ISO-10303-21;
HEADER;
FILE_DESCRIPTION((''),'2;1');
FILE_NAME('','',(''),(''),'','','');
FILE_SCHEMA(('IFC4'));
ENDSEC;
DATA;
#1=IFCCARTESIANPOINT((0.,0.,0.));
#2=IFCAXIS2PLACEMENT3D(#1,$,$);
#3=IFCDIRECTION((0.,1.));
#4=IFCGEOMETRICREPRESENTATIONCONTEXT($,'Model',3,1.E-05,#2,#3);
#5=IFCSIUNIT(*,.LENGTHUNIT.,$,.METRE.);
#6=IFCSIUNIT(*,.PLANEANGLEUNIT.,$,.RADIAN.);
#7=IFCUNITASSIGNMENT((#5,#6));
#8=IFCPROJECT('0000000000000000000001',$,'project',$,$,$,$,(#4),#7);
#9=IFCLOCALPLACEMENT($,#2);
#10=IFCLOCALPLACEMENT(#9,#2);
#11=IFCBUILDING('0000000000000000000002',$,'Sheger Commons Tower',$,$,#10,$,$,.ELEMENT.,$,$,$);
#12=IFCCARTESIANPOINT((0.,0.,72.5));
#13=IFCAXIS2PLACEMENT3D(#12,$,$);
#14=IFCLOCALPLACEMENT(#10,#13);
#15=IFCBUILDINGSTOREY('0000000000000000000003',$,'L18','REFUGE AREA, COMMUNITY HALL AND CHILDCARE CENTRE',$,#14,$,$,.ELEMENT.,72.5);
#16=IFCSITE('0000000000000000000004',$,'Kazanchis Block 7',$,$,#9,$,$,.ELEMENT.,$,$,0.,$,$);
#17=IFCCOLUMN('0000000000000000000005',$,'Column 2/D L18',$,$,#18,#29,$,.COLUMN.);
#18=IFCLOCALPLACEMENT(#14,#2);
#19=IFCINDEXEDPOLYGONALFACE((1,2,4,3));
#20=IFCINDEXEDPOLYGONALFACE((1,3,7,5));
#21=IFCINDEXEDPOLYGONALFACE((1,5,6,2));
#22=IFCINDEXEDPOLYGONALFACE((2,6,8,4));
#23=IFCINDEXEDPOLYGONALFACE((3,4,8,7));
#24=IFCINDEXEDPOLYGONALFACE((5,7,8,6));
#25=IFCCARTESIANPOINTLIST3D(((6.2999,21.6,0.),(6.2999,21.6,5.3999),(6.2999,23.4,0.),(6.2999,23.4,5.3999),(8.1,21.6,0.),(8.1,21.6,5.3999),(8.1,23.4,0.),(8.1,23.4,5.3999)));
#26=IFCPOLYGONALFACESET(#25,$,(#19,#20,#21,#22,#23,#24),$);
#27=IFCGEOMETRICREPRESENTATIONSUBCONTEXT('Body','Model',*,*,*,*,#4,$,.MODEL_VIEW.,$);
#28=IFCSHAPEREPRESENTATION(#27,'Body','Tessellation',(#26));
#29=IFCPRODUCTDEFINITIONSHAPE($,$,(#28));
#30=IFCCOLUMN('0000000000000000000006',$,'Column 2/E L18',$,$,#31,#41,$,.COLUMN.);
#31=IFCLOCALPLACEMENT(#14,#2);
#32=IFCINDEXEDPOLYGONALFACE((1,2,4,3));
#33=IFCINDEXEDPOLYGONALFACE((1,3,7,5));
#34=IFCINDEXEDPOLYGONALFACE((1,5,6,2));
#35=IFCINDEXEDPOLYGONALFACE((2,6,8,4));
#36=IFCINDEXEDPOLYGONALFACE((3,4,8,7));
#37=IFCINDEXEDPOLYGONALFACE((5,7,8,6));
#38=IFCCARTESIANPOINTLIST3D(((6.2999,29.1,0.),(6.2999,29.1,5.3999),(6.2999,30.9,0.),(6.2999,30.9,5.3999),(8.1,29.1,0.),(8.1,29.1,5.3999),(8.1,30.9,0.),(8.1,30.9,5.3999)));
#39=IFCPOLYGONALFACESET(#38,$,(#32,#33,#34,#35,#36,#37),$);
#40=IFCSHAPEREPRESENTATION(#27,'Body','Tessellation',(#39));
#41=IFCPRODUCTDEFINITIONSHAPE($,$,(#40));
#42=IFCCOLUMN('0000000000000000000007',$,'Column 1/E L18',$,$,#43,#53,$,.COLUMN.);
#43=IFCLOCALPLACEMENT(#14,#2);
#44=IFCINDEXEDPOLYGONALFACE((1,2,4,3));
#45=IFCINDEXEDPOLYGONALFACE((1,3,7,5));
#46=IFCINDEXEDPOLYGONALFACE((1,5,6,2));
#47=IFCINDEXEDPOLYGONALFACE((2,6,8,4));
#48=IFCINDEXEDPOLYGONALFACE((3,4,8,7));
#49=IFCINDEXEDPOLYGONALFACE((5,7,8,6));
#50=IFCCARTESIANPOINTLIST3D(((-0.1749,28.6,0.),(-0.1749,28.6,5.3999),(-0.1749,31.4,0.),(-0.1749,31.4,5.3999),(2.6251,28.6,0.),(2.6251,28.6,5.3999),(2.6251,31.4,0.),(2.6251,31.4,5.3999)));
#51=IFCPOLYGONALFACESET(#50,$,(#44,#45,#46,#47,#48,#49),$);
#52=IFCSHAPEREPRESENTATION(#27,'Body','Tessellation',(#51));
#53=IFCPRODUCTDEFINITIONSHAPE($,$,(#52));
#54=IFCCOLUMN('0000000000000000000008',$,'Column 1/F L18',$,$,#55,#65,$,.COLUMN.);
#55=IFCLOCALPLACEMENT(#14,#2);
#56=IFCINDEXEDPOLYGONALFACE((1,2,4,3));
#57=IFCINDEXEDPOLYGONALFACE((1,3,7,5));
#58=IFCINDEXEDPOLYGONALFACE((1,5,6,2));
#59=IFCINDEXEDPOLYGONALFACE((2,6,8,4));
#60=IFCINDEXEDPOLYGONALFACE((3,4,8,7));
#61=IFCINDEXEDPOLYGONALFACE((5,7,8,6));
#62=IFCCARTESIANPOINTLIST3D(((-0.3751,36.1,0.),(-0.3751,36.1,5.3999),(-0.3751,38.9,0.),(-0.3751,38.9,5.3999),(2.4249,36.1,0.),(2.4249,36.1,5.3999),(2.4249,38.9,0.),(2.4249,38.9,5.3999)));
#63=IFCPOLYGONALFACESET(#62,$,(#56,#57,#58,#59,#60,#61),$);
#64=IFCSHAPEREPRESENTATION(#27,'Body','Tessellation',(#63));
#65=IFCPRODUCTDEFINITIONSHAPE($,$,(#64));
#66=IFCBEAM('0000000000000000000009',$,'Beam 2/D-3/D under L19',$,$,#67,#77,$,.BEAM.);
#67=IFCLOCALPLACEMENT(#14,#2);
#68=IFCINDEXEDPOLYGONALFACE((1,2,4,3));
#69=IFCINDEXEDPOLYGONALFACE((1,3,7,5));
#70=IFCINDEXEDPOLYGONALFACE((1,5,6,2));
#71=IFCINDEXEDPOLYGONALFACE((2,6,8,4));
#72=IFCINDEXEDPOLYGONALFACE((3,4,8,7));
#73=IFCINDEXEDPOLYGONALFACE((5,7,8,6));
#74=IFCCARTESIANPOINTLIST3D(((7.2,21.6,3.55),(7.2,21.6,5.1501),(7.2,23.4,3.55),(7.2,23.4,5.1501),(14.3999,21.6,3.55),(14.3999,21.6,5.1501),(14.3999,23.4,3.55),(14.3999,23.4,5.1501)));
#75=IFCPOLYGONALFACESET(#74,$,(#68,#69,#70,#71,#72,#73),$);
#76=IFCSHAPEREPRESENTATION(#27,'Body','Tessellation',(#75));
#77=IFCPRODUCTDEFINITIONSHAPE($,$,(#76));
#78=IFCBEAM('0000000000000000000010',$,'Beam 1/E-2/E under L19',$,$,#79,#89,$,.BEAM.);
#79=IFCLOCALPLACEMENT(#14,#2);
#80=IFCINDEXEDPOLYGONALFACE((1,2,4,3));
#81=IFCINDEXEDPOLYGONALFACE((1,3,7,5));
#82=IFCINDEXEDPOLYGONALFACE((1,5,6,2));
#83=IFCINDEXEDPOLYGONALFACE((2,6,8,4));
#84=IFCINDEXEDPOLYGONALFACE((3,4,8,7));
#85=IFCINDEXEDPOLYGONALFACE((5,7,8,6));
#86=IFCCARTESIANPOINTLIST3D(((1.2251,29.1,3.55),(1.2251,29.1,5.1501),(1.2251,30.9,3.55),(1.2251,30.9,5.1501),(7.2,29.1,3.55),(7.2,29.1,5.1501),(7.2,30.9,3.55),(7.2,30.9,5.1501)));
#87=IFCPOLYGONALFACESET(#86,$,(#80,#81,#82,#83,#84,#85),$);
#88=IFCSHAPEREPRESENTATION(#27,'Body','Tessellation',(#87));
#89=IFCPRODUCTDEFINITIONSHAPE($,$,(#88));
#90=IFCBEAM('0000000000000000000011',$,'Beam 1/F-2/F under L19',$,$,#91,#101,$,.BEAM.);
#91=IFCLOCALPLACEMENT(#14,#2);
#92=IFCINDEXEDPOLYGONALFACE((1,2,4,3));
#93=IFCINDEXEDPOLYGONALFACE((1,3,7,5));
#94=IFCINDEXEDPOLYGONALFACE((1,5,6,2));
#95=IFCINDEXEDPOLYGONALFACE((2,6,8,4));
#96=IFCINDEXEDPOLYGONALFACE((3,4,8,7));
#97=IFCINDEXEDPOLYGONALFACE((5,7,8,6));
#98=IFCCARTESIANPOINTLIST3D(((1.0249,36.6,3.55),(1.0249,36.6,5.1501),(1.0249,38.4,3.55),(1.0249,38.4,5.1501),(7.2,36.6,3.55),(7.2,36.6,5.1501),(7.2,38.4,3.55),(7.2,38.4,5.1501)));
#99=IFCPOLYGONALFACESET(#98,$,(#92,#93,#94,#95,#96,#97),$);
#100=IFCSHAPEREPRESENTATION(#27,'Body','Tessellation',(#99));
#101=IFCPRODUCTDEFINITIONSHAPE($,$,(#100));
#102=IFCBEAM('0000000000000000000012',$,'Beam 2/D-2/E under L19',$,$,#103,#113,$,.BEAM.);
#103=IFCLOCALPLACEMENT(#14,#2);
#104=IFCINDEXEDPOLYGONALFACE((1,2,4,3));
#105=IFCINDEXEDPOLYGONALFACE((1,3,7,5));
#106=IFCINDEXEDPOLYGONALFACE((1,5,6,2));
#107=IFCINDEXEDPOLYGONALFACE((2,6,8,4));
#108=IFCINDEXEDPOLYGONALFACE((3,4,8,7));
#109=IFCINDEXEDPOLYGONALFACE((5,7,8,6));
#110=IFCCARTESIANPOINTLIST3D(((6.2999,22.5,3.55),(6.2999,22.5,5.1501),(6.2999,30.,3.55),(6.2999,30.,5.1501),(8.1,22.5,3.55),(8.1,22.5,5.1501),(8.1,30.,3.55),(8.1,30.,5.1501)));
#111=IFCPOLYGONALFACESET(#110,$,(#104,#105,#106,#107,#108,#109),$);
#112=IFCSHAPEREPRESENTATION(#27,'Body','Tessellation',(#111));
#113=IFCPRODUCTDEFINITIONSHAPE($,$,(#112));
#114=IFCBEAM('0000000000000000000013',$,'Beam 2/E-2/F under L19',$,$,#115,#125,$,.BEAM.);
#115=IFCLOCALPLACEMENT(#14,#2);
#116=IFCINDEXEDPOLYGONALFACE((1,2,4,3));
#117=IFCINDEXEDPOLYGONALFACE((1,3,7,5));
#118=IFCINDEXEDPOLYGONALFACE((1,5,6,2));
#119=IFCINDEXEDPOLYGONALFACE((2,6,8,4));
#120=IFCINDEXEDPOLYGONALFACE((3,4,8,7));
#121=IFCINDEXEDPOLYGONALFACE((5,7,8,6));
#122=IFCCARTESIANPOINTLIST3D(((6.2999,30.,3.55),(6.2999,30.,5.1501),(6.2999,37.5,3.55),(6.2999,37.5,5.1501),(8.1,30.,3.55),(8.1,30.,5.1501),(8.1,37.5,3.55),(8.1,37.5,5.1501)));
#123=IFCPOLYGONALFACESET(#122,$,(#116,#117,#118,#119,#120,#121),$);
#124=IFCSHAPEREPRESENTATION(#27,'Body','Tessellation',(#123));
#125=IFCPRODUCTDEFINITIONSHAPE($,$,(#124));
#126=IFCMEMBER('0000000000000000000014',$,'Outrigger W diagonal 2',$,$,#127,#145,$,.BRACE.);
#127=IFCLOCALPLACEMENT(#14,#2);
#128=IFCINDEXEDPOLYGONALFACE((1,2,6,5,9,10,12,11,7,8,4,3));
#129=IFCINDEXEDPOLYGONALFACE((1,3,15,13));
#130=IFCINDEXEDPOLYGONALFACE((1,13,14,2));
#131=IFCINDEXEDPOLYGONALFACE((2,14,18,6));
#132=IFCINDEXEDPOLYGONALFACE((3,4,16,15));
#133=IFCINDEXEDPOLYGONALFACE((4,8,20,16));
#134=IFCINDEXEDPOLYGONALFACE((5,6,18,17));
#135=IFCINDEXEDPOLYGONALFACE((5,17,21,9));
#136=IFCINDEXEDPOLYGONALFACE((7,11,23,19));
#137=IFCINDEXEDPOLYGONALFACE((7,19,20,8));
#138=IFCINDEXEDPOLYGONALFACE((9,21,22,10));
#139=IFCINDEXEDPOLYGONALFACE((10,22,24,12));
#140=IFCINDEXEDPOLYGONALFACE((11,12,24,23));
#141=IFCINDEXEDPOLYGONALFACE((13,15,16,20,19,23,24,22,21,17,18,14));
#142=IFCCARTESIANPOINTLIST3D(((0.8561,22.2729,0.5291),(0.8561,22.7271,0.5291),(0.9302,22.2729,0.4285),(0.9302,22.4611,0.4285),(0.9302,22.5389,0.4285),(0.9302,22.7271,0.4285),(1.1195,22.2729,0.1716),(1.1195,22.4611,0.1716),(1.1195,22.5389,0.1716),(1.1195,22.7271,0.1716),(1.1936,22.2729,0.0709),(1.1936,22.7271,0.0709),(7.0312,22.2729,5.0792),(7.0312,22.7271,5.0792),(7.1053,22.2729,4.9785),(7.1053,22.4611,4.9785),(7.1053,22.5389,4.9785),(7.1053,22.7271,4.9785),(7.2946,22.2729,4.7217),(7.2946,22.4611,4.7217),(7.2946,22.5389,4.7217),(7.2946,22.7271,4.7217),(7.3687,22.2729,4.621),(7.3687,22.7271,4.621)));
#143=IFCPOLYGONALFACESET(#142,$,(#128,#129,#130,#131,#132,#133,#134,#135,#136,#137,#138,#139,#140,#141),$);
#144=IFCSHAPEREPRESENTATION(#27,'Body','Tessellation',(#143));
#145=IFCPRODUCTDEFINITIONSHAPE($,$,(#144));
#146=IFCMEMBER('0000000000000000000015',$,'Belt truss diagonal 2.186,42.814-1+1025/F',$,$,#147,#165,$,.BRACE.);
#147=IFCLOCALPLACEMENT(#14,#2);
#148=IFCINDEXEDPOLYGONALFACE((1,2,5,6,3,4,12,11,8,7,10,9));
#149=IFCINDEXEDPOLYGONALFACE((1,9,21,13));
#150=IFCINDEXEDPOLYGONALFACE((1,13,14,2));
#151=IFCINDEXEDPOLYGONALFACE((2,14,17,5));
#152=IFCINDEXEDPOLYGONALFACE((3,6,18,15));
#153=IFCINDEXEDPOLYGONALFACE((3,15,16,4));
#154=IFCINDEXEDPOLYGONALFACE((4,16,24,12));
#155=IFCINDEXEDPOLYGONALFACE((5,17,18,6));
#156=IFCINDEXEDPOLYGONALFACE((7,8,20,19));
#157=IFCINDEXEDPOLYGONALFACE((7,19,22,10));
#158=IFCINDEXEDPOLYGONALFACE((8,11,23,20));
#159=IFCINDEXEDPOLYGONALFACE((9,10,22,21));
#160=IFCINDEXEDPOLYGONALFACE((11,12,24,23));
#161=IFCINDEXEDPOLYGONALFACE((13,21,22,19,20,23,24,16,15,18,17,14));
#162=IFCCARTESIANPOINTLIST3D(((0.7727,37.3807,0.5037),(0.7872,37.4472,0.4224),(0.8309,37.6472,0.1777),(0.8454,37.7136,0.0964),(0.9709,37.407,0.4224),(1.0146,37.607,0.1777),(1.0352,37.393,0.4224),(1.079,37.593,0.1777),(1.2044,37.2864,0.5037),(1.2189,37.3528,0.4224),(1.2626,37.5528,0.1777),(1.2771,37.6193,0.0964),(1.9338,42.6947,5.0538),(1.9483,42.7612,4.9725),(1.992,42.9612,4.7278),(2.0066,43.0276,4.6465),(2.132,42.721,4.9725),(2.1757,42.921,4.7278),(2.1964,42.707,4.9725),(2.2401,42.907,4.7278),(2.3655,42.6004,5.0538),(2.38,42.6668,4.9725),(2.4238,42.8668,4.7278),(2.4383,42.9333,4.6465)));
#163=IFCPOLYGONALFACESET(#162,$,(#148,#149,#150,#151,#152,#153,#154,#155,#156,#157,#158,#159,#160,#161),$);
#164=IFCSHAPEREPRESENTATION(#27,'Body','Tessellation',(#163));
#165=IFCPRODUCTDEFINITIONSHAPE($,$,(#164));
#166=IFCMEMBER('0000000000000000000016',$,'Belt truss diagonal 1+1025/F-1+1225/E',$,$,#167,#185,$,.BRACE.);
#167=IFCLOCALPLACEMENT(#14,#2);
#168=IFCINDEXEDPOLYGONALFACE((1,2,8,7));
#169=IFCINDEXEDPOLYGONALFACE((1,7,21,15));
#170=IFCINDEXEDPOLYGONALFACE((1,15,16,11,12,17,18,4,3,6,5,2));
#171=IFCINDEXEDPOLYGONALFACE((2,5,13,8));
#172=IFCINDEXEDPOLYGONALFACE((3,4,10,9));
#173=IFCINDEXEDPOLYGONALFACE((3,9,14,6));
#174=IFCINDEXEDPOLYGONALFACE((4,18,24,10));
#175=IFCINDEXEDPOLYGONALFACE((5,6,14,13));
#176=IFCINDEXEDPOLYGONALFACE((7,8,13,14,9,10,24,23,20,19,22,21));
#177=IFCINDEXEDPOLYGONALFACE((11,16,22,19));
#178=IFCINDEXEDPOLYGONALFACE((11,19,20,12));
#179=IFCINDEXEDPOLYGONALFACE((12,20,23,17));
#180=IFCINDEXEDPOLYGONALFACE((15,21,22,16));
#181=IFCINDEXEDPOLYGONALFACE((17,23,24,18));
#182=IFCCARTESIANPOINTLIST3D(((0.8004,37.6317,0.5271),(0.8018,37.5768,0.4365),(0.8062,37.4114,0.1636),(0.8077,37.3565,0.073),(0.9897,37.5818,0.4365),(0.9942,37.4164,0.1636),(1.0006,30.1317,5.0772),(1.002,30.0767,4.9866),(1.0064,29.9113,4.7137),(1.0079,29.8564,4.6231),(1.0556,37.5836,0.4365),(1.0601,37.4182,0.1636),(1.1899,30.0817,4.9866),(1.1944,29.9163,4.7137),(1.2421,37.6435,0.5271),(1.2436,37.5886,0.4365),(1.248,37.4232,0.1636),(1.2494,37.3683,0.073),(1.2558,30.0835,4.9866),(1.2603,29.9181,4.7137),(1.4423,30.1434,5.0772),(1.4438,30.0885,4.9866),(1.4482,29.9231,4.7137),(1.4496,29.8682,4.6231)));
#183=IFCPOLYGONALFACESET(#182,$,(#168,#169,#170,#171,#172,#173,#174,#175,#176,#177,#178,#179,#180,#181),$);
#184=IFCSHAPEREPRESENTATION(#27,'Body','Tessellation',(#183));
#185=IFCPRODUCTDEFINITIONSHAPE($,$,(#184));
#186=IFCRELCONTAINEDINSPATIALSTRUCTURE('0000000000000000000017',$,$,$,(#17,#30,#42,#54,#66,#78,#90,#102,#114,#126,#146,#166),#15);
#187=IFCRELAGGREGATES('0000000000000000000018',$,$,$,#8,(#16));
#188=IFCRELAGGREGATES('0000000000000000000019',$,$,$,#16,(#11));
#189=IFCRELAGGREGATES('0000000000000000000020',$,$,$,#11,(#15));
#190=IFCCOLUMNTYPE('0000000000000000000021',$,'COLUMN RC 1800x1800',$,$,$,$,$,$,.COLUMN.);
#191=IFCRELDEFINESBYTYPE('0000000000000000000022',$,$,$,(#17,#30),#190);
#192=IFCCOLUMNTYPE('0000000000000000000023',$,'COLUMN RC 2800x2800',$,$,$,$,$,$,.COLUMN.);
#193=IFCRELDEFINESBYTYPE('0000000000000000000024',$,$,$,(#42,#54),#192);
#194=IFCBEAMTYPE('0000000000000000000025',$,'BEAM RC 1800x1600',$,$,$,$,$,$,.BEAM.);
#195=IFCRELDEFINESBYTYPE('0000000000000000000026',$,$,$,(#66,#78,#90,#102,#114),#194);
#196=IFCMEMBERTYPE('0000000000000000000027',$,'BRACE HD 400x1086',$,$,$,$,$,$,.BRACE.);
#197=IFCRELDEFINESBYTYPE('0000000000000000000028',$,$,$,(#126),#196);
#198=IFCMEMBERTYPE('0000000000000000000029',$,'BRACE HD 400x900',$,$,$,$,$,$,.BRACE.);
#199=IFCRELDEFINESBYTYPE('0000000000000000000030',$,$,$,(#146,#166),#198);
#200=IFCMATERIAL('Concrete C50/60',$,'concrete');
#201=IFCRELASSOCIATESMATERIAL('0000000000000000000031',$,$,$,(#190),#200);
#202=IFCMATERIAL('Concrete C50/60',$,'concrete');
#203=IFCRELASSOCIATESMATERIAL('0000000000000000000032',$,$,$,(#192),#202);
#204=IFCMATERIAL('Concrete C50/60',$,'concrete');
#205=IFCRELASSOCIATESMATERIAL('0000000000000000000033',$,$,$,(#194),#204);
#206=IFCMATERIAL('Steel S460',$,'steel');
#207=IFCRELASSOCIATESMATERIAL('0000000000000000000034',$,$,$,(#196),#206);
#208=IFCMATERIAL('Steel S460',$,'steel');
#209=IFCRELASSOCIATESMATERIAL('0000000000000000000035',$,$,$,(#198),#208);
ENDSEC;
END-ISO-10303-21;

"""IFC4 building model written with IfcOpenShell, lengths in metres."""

from ifc_helpers import new_model, si_unit, direction, frame, origin, origin_2d, place, context, subcontext, project, spatial, rectangle, i_section, extrude, material, material_profile, profile_set, type_object, element, save


model = new_model("IFC4")

# Units and contexts
model_context = context("Model", 3, precision=1e-05, world=origin(), true_north=direction((0.0, 1.0)))
body_context = subcontext(model_context, "Body", "Model", "MODEL_VIEW")
ifc_project = project(units=[si_unit("LENGTHUNIT", "METRE"), si_unit("PLANEANGLEUNIT", "RADIAN")], contexts=[model_context])

# Site, building, storey
site_placement = place(None, origin())
site = spatial("IfcSite", under=ifc_project, at=site_placement, Name="Kazanchis Block 7", CompositionType="ELEMENT", RefElevation=0.0)
building_placement = place(site_placement, origin())
building = spatial("IfcBuilding", under=site, at=building_placement, Name="Sheger Commons Tower", CompositionType="ELEMENT")
storey_placement = place(building_placement, frame((0.0, 0.0, 72.5)))
storey = spatial("IfcBuildingStorey", under=building, at=storey_placement, Name="L18", Description="REFUGE AREA, COMMUNITY HALL AND CHILDCARE CENTRE", CompositionType="ELEMENT", Elevation=72.5)

# Columns
ifc_material_1 = material(Name="Concrete C50/60", Category="concrete")
ifc_material_profile_1 = material_profile(ifc_material_1, rectangle(XDim=1.8, YDim=1.8, at=origin_2d()), Name="RC 1800x1800")
ifc_profile_set_1 = profile_set([ifc_material_profile_1], Name="Concrete C50/60")
column_type_1 = type_object("IfcColumnType", Name="COLUMN RC 1800x1800", PredefinedType="COLUMN", material=ifc_profile_set_1)
for number, where, z_axis, x_axis, name in (
    (1, (7.2, 22.5, 0.0), (0.0, 0.0, 1.0), (1.0, 0.0, 0.0), "Column 2/D L18"),
    (2, (7.2, 30.0, 0.0), (0.0, 0.0, 1.0), (1.0, 0.0, 0.0), "Column 2/E L18"),
):
    element("IfcColumn", number, at=place(storey_placement, frame(where, z_axis=z_axis, x_axis=x_axis)), inside=storey, type_object=column_type_1, Name=name, PredefinedType="COLUMN", context=body_context, shape_type="SweptSolid", body=[
        extrude(rectangle(XDim=1.8, YDim=1.8, at=origin_2d()), origin(), (0.0, 0.0, 1.0), 5.3999),
    ])
ifc_material_2 = material(Name="Concrete C50/60", Category="concrete")
ifc_material_profile_2 = material_profile(ifc_material_2, rectangle(XDim=2.8, YDim=2.8, at=origin_2d()), Name="RC 2800x2800")
ifc_profile_set_2 = profile_set([ifc_material_profile_2], Name="Concrete C50/60")
column_type_2 = type_object("IfcColumnType", Name="COLUMN RC 2800x2800", PredefinedType="COLUMN", material=ifc_profile_set_2)
for number, where, z_axis, x_axis, name in (
    (3, (1.2251, 30.0, 0.0), (0.0, 0.0, 1.0), (1.0, 0.0, 0.0), "Column 1/E L18"),
    (4, (1.0249, 37.5, 0.0), (0.0, 0.0, 1.0), (1.0, 0.0, 0.0), "Column 1/F L18"),
):
    element("IfcColumn", number, at=place(storey_placement, frame(where, z_axis=z_axis, x_axis=x_axis)), inside=storey, type_object=column_type_2, Name=name, PredefinedType="COLUMN", context=body_context, shape_type="SweptSolid", body=[
        extrude(rectangle(XDim=2.8, YDim=2.8, at=origin_2d()), origin(), (0.0, 0.0, 1.0), 5.3999),
    ])

# Beams
ifc_material_3 = material(Name="Concrete C50/60", Category="concrete")
ifc_material_profile_3 = material_profile(ifc_material_3, rectangle(XDim=1.8, YDim=1.6001, at=origin_2d()), Name="RC 1800x1600")
ifc_profile_set_3 = profile_set([ifc_material_profile_3], Name="Concrete C50/60")
beam_type_1 = type_object("IfcBeamType", Name="BEAM RC 1800x1600", PredefinedType="BEAM", material=ifc_profile_set_3)
beam_1_placement = place(storey_placement, frame((7.2, 22.5, 4.3501), z_axis=(1.0, 0.0, 0.0), x_axis=(0.0, 1.0, 0.0)))
element("IfcBeam", 5, at=beam_1_placement, inside=storey, type_object=beam_type_1, Name="Beam 2/D-3/D under L19", PredefinedType="BEAM", context=body_context, shape_type="SweptSolid", body=[
    extrude(rectangle(XDim=1.8, YDim=1.6001, at=origin_2d()), origin(), (0.0, 0.0, 1.0), 7.2),
])
beam_2_placement = place(storey_placement, frame((1.2251, 30.0, 4.3501), z_axis=(1.0, 0.0, 0.0), x_axis=(0.0, 1.0, 0.0)))
element("IfcBeam", 6, at=beam_2_placement, inside=storey, type_object=beam_type_1, Name="Beam 1/E-2/E under L19", PredefinedType="BEAM", context=body_context, shape_type="SweptSolid", body=[
    extrude(rectangle(XDim=1.8, YDim=1.6001, at=origin_2d()), origin(), (0.0, 0.0, 1.0), 5.9749),
])
beam_3_placement = place(storey_placement, frame((1.0249, 37.5, 4.3501), z_axis=(1.0, 0.0, 0.0), x_axis=(0.0, 1.0, 0.0)))
element("IfcBeam", 7, at=beam_3_placement, inside=storey, type_object=beam_type_1, Name="Beam 1/F-2/F under L19", PredefinedType="BEAM", context=body_context, shape_type="SweptSolid", body=[
    extrude(rectangle(XDim=1.8, YDim=1.6001, at=origin_2d()), origin(), (0.0, 0.0, 1.0), 6.175),
])
for number, where, z_axis, x_axis, name in (
    (8, (7.2, 22.5, 4.3501), (0.0, 1.0, 0.0), (-1.0, 0.0, 0.0), "Beam 2/D-2/E under L19"),
    (9, (7.2, 30.0, 4.3501), (0.0, 1.0, 0.0), (-1.0, 0.0, 0.0), "Beam 2/E-2/F under L19"),
):
    element("IfcBeam", number, at=place(storey_placement, frame(where, z_axis=z_axis, x_axis=x_axis)), inside=storey, type_object=beam_type_1, Name=name, PredefinedType="BEAM", context=body_context, shape_type="SweptSolid", body=[
        extrude(rectangle(XDim=1.8, YDim=1.6001, at=origin_2d()), origin(), (0.0, 0.0, 1.0), 7.5),
    ])

# Members
ifc_material_4 = material(Name="Steel S460", Category="steel")
ifc_material_profile_4 = material_profile(ifc_material_4, i_section(OverallWidth=0.4541, OverallDepth=0.5691, WebThickness=0.0779, FlangeThickness=0.125, at=origin_2d()), Name="HD 400x1086")
ifc_profile_set_4 = profile_set([ifc_material_profile_4], Name="Steel S460")
member_type_1 = type_object("IfcMemberType", Name="BRACE HD 400x1086", PredefinedType="BRACE", material=ifc_profile_set_4)
member_1_placement = place(storey_placement, frame((7.2, 22.5, 4.8501), z_axis=(-0.805055, 0.0, -0.5932), x_axis=(0.0, -1.0, 0.0)))
element("IfcMember", 10, at=member_1_placement, inside=storey, type_object=member_type_1, Name="Outrigger W diagonal 2", PredefinedType="BRACE", context=body_context, shape_type="SweptSolid", body=[
    extrude(i_section(OverallWidth=0.4541, OverallDepth=0.5691, WebThickness=0.0779, FlangeThickness=0.125, at=origin_2d()), origin(), (0.0, 0.0, 1.0), 7.6704),
])
ifc_material_5 = material(Name="Steel S460", Category="steel")
ifc_material_profile_5 = material_profile(ifc_material_5, i_section(OverallWidth=0.4419, OverallDepth=0.531, WebThickness=0.0659, FlangeThickness=0.106, at=origin_2d()), Name="HD 400x900")
ifc_profile_set_5 = profile_set([ifc_material_profile_5], Name="Steel S460")
member_type_2 = type_object("IfcMemberType", Name="BRACE HD 400x900", PredefinedType="BRACE", material=ifc_profile_set_5)
member_2_placement = place(storey_placement, frame((1.0249, 37.5, 0.3), z_axis=(0.163736, 0.749343, 0.64162), x_axis=(-0.97695, 0.213469, 0.0)))
element("IfcMember", 11, at=member_2_placement, inside=storey, type_object=member_type_2, Name="Belt truss diagonal 2.186,42.814-1+1025/F", PredefinedType="BRACE", context=body_context, shape_type="SweptSolid", body=[
    extrude(i_section(OverallWidth=0.4419, OverallDepth=0.531, WebThickness=0.0659, FlangeThickness=0.106, at=origin_2d()), origin(), (0.0, 0.0, 1.0), 7.0916),
])
member_3_placement = place(storey_placement, frame((1.0249, 37.5, 0.3), z_axis=(0.022815, -0.854743, 0.51855), x_axis=(0.999644, 0.026683, 0.0)))
element("IfcMember", 12, at=member_3_placement, inside=storey, type_object=member_type_2, Name="Belt truss diagonal 1+1025/F-1+1225/E", PredefinedType="BRACE", context=body_context, shape_type="SweptSolid", body=[
    extrude(i_section(OverallWidth=0.4419, OverallDepth=0.531, WebThickness=0.0659, FlangeThickness=0.106, at=origin_2d()), origin(), (0.0, 0.0, 1.0), 8.7747),
])

save(model, "model.ifc")
